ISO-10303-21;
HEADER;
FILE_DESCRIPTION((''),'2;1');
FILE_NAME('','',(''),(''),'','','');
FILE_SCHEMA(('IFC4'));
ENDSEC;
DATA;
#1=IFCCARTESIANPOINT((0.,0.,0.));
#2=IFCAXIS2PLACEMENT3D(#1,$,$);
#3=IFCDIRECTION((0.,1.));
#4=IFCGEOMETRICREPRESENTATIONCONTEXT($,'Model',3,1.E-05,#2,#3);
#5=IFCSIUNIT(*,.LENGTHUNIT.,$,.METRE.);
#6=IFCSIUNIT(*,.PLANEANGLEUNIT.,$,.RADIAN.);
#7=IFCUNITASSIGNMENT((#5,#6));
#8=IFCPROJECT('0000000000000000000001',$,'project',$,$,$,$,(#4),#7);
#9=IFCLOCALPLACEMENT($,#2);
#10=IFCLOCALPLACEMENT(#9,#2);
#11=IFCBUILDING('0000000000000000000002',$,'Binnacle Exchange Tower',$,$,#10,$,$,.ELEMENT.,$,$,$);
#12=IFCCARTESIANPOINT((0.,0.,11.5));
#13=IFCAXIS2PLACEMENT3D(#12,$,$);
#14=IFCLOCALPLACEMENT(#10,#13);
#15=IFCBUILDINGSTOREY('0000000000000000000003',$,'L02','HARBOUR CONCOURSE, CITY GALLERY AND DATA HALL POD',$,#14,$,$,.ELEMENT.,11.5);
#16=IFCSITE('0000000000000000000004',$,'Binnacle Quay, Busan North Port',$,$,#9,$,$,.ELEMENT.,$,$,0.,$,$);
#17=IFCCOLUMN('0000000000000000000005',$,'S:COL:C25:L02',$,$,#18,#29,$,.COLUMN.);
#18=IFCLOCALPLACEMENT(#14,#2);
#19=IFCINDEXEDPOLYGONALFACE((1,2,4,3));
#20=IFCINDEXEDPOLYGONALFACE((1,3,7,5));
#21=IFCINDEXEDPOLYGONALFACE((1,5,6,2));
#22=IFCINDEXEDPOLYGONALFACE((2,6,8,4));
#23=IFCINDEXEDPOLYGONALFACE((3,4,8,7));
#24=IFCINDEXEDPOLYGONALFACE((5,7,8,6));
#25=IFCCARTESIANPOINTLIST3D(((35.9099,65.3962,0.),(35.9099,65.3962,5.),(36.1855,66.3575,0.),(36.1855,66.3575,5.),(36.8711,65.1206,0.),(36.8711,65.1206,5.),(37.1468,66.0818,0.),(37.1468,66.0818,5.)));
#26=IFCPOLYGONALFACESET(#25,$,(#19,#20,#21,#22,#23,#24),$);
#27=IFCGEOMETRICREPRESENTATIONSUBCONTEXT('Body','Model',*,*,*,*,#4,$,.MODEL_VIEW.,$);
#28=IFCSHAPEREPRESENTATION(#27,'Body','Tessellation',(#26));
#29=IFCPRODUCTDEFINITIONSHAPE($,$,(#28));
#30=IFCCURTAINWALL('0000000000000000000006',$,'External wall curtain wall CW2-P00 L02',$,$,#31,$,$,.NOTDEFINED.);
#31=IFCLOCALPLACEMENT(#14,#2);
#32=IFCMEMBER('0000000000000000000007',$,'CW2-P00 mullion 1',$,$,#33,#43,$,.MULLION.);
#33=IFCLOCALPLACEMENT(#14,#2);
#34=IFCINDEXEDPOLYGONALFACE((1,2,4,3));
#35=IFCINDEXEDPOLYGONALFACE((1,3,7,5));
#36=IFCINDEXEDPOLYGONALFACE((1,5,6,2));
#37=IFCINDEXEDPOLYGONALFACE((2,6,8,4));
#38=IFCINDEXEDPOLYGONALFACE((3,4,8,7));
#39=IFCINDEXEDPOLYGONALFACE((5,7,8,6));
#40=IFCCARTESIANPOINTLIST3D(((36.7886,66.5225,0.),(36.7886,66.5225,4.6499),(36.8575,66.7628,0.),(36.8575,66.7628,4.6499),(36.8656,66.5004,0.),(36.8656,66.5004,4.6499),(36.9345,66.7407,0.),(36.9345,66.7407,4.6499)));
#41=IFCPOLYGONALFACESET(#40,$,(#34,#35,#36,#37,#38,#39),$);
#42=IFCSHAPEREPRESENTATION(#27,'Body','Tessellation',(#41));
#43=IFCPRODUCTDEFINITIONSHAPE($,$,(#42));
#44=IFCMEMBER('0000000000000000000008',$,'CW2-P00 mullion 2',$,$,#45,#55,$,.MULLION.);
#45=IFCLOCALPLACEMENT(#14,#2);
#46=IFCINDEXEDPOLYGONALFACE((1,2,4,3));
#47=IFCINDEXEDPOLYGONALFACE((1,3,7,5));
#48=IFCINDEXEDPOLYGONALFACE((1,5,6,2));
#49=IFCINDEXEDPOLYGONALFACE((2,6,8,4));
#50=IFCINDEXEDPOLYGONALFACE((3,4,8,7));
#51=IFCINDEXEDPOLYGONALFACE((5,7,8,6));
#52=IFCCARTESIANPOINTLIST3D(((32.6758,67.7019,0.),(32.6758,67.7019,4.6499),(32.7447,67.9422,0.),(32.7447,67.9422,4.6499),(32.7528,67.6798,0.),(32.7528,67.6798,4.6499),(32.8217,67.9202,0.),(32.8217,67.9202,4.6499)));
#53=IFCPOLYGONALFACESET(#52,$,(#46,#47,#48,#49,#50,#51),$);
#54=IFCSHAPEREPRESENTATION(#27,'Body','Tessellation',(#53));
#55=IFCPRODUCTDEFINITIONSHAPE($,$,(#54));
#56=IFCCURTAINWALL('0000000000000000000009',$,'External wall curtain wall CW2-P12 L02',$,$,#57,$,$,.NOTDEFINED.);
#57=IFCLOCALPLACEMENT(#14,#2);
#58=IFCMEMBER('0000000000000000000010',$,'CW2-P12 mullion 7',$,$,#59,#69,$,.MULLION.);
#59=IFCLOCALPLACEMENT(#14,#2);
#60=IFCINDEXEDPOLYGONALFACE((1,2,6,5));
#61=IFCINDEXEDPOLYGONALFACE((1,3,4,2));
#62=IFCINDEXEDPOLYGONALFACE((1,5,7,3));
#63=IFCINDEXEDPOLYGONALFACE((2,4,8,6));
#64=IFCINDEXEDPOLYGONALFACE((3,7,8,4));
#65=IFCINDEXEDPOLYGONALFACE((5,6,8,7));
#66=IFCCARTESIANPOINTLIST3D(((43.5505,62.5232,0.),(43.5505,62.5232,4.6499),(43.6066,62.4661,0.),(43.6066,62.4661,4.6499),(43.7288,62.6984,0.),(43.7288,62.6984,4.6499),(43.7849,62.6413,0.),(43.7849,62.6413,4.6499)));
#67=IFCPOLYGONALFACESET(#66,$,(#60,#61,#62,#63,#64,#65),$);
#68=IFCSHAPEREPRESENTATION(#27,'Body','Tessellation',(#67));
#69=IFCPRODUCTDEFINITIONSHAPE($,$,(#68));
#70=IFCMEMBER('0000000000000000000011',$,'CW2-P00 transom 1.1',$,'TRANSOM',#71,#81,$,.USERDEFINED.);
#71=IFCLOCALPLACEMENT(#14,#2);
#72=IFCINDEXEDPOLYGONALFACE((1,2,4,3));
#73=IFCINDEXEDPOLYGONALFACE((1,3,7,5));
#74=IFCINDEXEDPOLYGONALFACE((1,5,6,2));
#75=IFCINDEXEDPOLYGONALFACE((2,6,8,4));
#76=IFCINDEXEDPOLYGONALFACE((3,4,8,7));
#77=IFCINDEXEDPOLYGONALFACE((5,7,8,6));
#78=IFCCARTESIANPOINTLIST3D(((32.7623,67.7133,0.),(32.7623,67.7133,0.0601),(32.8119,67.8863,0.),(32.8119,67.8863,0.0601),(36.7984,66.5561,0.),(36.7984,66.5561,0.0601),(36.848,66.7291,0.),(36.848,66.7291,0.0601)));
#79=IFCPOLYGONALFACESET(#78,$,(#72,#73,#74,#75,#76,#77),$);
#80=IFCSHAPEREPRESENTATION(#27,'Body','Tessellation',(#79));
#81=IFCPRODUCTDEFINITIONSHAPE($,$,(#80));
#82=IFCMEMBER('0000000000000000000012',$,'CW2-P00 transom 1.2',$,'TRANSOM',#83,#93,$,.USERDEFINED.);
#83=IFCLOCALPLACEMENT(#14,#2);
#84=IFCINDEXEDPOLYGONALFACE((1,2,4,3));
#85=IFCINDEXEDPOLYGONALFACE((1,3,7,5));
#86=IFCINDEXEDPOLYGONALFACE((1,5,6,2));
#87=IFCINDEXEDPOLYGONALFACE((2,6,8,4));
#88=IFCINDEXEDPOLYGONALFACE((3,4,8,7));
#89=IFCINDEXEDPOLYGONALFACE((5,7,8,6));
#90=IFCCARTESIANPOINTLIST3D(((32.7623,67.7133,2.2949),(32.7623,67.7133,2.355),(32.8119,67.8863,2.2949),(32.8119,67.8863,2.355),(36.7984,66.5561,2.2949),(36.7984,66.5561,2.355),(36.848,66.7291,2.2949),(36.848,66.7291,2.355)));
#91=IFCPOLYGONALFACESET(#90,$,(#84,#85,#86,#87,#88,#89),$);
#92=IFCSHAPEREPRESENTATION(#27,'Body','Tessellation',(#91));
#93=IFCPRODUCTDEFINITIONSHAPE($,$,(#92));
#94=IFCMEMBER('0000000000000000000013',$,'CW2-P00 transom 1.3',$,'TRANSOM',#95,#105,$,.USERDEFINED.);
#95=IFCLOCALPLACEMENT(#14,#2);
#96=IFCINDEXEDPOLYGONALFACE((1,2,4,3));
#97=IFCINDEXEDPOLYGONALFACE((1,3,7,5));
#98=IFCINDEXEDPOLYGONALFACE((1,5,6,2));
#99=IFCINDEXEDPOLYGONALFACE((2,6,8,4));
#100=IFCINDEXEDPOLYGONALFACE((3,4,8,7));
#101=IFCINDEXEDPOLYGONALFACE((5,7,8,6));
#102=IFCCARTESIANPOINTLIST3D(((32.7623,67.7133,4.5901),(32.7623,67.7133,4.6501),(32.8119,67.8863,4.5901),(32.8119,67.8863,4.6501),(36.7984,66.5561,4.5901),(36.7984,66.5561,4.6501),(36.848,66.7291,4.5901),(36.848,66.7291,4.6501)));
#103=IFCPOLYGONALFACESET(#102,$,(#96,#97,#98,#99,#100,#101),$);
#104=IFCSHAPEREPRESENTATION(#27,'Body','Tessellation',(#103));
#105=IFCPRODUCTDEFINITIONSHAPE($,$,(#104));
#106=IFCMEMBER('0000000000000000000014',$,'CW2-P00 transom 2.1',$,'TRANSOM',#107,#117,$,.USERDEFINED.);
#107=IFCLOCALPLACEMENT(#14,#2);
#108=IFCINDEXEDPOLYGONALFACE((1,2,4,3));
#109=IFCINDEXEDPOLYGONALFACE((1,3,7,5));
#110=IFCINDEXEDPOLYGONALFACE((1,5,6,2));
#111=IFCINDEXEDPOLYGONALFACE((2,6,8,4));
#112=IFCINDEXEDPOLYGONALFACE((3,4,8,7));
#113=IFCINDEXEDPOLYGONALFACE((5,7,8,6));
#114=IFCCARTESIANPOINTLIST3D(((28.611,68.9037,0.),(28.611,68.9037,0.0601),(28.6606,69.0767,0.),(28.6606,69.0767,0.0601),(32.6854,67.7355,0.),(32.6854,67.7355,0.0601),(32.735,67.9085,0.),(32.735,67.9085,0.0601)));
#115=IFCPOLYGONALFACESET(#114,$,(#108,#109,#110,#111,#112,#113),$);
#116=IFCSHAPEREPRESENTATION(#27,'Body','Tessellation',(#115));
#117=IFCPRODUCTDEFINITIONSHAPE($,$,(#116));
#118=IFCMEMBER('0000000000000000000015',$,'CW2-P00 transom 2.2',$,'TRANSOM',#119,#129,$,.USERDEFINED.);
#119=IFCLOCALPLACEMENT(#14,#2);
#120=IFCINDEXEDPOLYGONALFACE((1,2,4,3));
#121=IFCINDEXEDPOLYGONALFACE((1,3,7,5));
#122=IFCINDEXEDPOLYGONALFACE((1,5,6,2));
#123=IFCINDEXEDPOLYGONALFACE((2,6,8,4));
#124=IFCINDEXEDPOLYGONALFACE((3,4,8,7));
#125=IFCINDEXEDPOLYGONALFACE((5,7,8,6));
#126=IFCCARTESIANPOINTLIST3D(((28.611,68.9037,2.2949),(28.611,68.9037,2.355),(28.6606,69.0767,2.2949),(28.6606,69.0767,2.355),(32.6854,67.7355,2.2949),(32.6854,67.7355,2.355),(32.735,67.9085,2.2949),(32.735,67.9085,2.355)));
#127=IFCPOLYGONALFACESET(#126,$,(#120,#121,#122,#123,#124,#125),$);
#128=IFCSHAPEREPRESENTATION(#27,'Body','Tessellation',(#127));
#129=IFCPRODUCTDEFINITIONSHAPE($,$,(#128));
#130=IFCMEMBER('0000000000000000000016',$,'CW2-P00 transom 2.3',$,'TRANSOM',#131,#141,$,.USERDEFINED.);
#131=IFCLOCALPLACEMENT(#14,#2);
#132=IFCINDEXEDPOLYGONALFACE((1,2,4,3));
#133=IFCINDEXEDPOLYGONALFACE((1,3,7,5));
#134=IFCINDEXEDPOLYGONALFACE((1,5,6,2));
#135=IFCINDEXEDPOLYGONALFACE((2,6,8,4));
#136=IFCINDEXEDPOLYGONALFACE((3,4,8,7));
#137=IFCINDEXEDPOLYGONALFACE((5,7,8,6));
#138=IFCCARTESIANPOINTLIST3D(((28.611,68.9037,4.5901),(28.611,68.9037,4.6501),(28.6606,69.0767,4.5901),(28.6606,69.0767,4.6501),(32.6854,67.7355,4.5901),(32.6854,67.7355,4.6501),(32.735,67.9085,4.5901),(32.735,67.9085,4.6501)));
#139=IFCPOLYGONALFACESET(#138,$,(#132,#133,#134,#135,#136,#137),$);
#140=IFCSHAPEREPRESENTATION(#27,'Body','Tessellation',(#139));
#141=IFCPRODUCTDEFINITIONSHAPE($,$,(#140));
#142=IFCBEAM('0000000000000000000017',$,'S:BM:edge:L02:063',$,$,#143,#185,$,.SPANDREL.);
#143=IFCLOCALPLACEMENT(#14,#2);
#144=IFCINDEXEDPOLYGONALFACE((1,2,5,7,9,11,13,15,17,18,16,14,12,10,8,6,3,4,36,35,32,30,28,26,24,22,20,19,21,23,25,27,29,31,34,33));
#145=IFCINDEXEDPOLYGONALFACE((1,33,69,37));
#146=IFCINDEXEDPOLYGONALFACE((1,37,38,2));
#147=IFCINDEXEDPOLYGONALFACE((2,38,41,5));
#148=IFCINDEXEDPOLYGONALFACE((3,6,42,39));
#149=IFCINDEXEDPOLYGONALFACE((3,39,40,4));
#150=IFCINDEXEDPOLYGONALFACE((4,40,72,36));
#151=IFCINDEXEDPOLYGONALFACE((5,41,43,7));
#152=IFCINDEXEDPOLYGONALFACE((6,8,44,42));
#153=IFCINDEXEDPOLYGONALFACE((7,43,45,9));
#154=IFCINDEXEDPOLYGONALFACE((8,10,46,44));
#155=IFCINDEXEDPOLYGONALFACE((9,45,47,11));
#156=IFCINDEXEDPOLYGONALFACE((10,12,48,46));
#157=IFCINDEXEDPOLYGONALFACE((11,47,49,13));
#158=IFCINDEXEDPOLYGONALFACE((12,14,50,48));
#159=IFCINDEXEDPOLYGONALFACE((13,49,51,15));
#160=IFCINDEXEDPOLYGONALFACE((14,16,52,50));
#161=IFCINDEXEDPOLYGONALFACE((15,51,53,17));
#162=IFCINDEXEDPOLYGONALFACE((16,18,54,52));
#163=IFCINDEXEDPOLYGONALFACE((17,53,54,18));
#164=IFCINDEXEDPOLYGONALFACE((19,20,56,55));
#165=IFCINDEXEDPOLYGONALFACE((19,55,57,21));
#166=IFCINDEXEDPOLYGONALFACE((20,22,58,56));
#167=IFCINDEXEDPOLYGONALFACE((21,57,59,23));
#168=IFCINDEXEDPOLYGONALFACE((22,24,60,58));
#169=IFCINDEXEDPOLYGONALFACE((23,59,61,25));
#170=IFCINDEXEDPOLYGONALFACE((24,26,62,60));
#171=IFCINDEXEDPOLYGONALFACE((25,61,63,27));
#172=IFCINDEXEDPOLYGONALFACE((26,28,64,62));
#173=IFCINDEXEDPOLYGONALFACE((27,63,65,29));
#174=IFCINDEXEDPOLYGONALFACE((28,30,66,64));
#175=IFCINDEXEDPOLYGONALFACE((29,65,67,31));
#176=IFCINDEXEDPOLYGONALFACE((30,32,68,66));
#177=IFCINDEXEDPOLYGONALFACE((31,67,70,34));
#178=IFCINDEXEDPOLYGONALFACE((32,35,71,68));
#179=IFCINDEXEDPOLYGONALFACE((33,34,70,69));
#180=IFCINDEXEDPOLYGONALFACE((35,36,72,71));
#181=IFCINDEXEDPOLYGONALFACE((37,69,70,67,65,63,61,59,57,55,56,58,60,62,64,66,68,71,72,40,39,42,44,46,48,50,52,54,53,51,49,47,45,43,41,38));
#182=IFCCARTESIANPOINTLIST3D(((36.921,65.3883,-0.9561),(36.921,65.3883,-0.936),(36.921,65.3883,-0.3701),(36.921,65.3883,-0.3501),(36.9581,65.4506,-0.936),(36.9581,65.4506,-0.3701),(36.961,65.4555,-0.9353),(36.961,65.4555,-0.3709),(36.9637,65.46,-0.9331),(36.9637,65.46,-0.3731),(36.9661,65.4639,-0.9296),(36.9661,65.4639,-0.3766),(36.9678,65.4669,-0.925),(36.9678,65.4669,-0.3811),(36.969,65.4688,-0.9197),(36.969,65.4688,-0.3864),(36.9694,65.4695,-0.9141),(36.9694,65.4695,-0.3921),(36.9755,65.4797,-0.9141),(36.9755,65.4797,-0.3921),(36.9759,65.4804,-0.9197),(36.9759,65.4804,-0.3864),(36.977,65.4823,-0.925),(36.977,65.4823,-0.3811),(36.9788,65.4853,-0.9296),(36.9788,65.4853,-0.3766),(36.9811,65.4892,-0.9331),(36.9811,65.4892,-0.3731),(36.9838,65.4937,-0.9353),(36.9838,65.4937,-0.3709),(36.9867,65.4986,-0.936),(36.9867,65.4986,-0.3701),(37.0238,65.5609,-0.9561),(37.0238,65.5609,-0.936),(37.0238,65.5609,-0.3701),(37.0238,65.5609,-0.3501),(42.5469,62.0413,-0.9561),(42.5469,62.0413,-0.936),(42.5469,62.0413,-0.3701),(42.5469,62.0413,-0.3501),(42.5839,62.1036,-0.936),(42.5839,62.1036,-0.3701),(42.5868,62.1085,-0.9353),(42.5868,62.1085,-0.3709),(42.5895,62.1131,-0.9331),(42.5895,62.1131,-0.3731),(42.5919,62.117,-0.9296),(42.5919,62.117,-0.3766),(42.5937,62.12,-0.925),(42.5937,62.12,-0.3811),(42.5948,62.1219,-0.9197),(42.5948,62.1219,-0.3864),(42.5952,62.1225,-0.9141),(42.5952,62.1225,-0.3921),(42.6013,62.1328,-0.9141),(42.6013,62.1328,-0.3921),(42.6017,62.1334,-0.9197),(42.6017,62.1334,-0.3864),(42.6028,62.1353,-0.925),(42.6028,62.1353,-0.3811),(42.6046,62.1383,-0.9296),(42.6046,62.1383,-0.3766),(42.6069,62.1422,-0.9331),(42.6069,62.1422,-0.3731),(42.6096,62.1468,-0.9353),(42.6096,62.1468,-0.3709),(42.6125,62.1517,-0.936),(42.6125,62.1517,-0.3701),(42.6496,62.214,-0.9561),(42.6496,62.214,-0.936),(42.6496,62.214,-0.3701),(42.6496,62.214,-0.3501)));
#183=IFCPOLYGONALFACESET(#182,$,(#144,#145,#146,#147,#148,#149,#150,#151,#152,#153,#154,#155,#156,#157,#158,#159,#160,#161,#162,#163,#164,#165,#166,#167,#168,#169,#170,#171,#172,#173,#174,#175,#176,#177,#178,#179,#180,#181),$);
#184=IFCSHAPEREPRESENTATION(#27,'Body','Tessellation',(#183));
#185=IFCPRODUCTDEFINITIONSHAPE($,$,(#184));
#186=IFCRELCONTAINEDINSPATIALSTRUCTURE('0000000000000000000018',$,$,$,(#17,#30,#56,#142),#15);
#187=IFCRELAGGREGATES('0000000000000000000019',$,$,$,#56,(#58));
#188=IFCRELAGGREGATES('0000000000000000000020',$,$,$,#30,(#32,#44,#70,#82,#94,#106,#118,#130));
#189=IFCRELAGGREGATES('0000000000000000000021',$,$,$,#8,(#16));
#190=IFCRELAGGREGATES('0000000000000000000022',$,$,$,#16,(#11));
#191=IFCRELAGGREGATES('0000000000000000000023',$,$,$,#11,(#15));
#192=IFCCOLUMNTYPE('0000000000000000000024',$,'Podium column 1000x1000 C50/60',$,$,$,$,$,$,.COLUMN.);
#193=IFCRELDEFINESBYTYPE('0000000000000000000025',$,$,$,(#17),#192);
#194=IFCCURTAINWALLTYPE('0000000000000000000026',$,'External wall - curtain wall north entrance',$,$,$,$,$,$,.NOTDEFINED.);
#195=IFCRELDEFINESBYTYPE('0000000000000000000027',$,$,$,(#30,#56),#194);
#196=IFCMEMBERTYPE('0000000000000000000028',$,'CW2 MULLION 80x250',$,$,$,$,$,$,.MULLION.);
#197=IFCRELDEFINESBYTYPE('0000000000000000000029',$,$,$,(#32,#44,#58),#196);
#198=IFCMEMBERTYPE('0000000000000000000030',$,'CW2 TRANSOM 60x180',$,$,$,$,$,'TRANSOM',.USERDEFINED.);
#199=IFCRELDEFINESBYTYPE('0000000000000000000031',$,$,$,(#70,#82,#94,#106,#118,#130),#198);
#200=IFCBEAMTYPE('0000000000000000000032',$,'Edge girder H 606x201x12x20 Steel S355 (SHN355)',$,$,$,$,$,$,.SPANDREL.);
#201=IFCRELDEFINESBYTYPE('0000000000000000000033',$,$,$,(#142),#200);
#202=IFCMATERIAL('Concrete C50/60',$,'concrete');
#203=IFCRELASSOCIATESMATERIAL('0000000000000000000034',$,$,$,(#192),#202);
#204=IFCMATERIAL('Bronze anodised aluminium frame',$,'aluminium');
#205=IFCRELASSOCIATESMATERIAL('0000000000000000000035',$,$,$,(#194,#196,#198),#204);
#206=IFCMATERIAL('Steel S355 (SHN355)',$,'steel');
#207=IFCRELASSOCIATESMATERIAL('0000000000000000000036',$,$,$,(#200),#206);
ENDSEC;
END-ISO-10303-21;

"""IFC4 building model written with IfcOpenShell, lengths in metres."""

from ifc_helpers import new_model, si_unit, direction, frame, origin, origin_2d, place, context, subcontext, project, spatial, rectangle, i_section, extrude, material, material_profile, profile_set, type_object, element, aggregate, save


model = new_model("IFC4")

# Units and contexts
model_context = context("Model", 3, precision=1e-05, world=origin(), true_north=direction((0.0, 1.0)))
body_context = subcontext(model_context, "Body", "Model", "MODEL_VIEW")
ifc_project = project(units=[si_unit("LENGTHUNIT", "METRE"), si_unit("PLANEANGLEUNIT", "RADIAN")], contexts=[model_context])

# Site, building, storey
site_placement = place(None, origin())
site = spatial("IfcSite", under=ifc_project, at=site_placement, Name="Binnacle Quay, Busan North Port", CompositionType="ELEMENT", RefElevation=0.0)
building_placement = place(site_placement, origin())
building = spatial("IfcBuilding", under=site, at=building_placement, Name="Binnacle Exchange Tower", CompositionType="ELEMENT")
storey_placement = place(building_placement, frame((0.0, 0.0, 11.5)))
storey = spatial("IfcBuildingStorey", under=building, at=storey_placement, Name="L02", Description="HARBOUR CONCOURSE, CITY GALLERY AND DATA HALL POD", CompositionType="ELEMENT", Elevation=11.5)

# Column
ifc_material_1 = material(Name="Concrete C50/60", Category="concrete")
ifc_material_profile_1 = material_profile(ifc_material_1, rectangle(XDim=1.0, YDim=1.0, at=origin_2d()), Name="Podium column 1000x1000 C50/60")
ifc_profile_set_1 = profile_set([ifc_material_profile_1], Name="Concrete C50/60")
column_type = type_object("IfcColumnType", Name="Podium column 1000x1000 C50/60", PredefinedType="COLUMN", material=ifc_profile_set_1)
column_placement = place(storey_placement, frame((36.5283, 65.739, 0.0), z_axis=(0.0, 0.0, 1.0), x_axis=(-0.961262, 0.275637, 0.0)))
element("IfcColumn", 1, at=column_placement, inside=storey, type_object=column_type, Name="S:COL:C25:L02", PredefinedType="COLUMN", context=body_context, shape_type="SweptSolid", body=[
    extrude(rectangle(XDim=1.0, YDim=1.0, at=origin_2d()), origin(), (0.0, 0.0, 1.0), 5.0),
])

# Curtain wall, members
ifc_material_2 = material(Name="Bronze anodised aluminium frame", Category="aluminium")
curtain_wall_type = type_object("IfcCurtainWallType", Name="External wall - curtain wall north entrance", PredefinedType="NOTDEFINED", material=ifc_material_2)
curtain_wall_1_placement = place(storey_placement, origin())
curtain_wall_1 = element("IfcCurtainWall", 2, at=curtain_wall_1_placement, inside=storey, type_object=curtain_wall_type, Name="External wall curtain wall CW2-P00 L02", PredefinedType="NOTDEFINED")
ifc_material_profile_2 = material_profile(ifc_material_2, rectangle(XDim=0.25, YDim=0.0801, at=origin_2d()), Name="AL 80x250")
ifc_profile_set_2 = profile_set([ifc_material_profile_2], Name="Bronze anodised aluminium frame")
member_type_1 = type_object("IfcMemberType", Name="CW2 MULLION 80x250", PredefinedType="MULLION", material=ifc_profile_set_2)
member_1_placement = place(storey_placement, frame((36.8616, 66.6316, 0.0), z_axis=(0.0, 0.0, 1.0), x_axis=(-0.275637, -0.961262, 0.0)))
member_1 = element("IfcMember", 3, at=member_1_placement, type_object=member_type_1, Name="CW2-P00 mullion 1", PredefinedType="MULLION", context=body_context, shape_type="SweptSolid", body=[
    extrude(rectangle(XDim=0.25, YDim=0.0801, at=origin_2d()), origin(), (0.0, 0.0, 1.0), 4.6499),
])
member_2_placement = place(storey_placement, frame((32.7488, 67.811, 0.0), z_axis=(0.0, 0.0, 1.0), x_axis=(-0.275637, -0.961262, 0.0)))
member_2 = element("IfcMember", 4, at=member_2_placement, type_object=member_type_1, Name="CW2-P00 mullion 2", PredefinedType="MULLION", context=body_context, shape_type="SweptSolid", body=[
    extrude(rectangle(XDim=0.25, YDim=0.0801, at=origin_2d()), origin(), (0.0, 0.0, 1.0), 4.6499),
])

# Curtain wall, member
curtain_wall_2_placement = place(storey_placement, origin())
curtain_wall_2 = element("IfcCurtainWall", 5, at=curtain_wall_2_placement, inside=storey, type_object=curtain_wall_type, Name="External wall curtain wall CW2-P12 L02", PredefinedType="NOTDEFINED")
member_3_placement = place(storey_placement, frame((43.6677, 62.5823, 0.0), z_axis=(0.0, 0.0, 1.0), x_axis=(-0.71325, -0.700909, 0.0)))
member_3 = element("IfcMember", 6, at=member_3_placement, type_object=member_type_1, Name="CW2-P12 mullion 7", PredefinedType="MULLION", context=body_context, shape_type="SweptSolid", body=[
    extrude(rectangle(XDim=0.25, YDim=0.0801, at=origin_2d()), origin(), (0.0, 0.0, 1.0), 4.6499),
])
aggregate(curtain_wall_2, [member_3])

# Members
ifc_material_profile_3 = material_profile(ifc_material_2, rectangle(XDim=0.1799, YDim=0.0601, at=origin_2d()), Name="AL 180x60")
ifc_profile_set_3 = profile_set([ifc_material_profile_3], Name="Bronze anodised aluminium frame")
member_type_2 = type_object("IfcMemberType", Name="CW2 TRANSOM 60x180", ElementType="TRANSOM", PredefinedType="USERDEFINED", material=ifc_profile_set_3)
member_4_placement = place(storey_placement, frame((36.8232, 66.6426, 0.03), z_axis=(-0.961269, 0.275612, 0.0), x_axis=(-0.275612, -0.961269, 0.0)))
member_4 = element("IfcMember", 7, at=member_4_placement, type_object=member_type_2, Name="CW2-P00 transom 1.1", ObjectType="TRANSOM", PredefinedType="USERDEFINED", context=body_context, shape_type="SweptSolid", body=[
    extrude(rectangle(XDim=0.1799, YDim=0.0601, at=origin_2d()), origin(), (0.0, 0.0, 1.0), 4.1987),
])
member_5_placement = place(storey_placement, frame((36.8232, 66.6426, 2.325), z_axis=(-0.961269, 0.275612, 0.0), x_axis=(-0.275612, -0.961269, 0.0)))
member_5 = element("IfcMember", 8, at=member_5_placement, type_object=member_type_2, Name="CW2-P00 transom 1.2", ObjectType="TRANSOM", PredefinedType="USERDEFINED", context=body_context, shape_type="SweptSolid", body=[
    extrude(rectangle(XDim=0.1799, YDim=0.0601, at=origin_2d()), origin(), (0.0, 0.0, 1.0), 4.1987),
])
member_6_placement = place(storey_placement, frame((36.8232, 66.6426, 4.6201), z_axis=(-0.961269, 0.275612, 0.0), x_axis=(-0.275612, -0.961269, 0.0)))
member_6 = element("IfcMember", 9, at=member_6_placement, type_object=member_type_2, Name="CW2-P00 transom 1.3", ObjectType="TRANSOM", PredefinedType="USERDEFINED", context=body_context, shape_type="SweptSolid", body=[
    extrude(rectangle(XDim=0.1799, YDim=0.0601, at=origin_2d()), origin(), (0.0, 0.0, 1.0), 4.1987),
])
member_7_placement = place(storey_placement, frame((32.7102, 67.822, 0.03), z_axis=(-0.961269, 0.275611, 0.0), x_axis=(-0.275611, -0.961269, 0.0)))
member_7 = element("IfcMember", 10, at=member_7_placement, type_object=member_type_2, Name="CW2-P00 transom 2.1", ObjectType="TRANSOM", PredefinedType="USERDEFINED", context=body_context, shape_type="SweptSolid", body=[
    extrude(rectangle(XDim=0.1799, YDim=0.0601, at=origin_2d()), origin(), (0.0, 0.0, 1.0), 4.2385),
])
member_8_placement = place(storey_placement, frame((32.7102, 67.822, 2.325), z_axis=(-0.961269, 0.275611, 0.0), x_axis=(-0.275611, -0.961269, 0.0)))
member_8 = element("IfcMember", 11, at=member_8_placement, type_object=member_type_2, Name="CW2-P00 transom 2.2", ObjectType="TRANSOM", PredefinedType="USERDEFINED", context=body_context, shape_type="SweptSolid", body=[
    extrude(rectangle(XDim=0.1799, YDim=0.0601, at=origin_2d()), origin(), (0.0, 0.0, 1.0), 4.2385),
])
member_9_placement = place(storey_placement, frame((32.7102, 67.822, 4.6201), z_axis=(-0.961269, 0.275611, 0.0), x_axis=(-0.275611, -0.961269, 0.0)))
member_9 = element("IfcMember", 12, at=member_9_placement, type_object=member_type_2, Name="CW2-P00 transom 2.3", ObjectType="TRANSOM", PredefinedType="USERDEFINED", context=body_context, shape_type="SweptSolid", body=[
    extrude(rectangle(XDim=0.1799, YDim=0.0601, at=origin_2d()), origin(), (0.0, 0.0, 1.0), 4.2385),
])

# Beam
ifc_material_3 = material(Name="Steel S355 (SHN355)", Category="steel")
ifc_material_profile_4 = material_profile(ifc_material_3, i_section(OverallWidth=0.2009, OverallDepth=0.606, WebThickness=0.012, FlangeThickness=0.02, FilletRadius=0.022, at=origin_2d()), Name="H 606x201x12x20")
ifc_profile_set_4 = profile_set([ifc_material_profile_4], Name="Steel S355 (SHN355)")
beam_type_1 = type_object("IfcBeamType", Name="Edge girder H 606x201x12x20 Steel S355 (SHN355)", PredefinedType="SPANDREL", material=ifc_profile_set_4)
beam_1_placement = place(storey_placement, frame((36.9724, 65.4746, -0.6531), z_axis=(0.859409, -0.511289, 0.0), x_axis=(0.511289, 0.859409, 0.0)))
element("IfcBeam", 13, at=beam_1_placement, inside=storey, type_object=beam_type_1, Name="S:BM:edge:L02:063", PredefinedType="SPANDREL", context=body_context, shape_type="SweptSolid", body=[
    extrude(i_section(OverallWidth=0.2009, OverallDepth=0.606, WebThickness=0.012, FlangeThickness=0.02, FilletRadius=0.022, at=origin_2d()), origin(), (0.0, 0.0, 1.0), 6.5461),
])

aggregate(curtain_wall_1, [member_1, member_2, member_4, member_5, member_6, member_7, member_8, member_9])

save(model, "model.ifc")
